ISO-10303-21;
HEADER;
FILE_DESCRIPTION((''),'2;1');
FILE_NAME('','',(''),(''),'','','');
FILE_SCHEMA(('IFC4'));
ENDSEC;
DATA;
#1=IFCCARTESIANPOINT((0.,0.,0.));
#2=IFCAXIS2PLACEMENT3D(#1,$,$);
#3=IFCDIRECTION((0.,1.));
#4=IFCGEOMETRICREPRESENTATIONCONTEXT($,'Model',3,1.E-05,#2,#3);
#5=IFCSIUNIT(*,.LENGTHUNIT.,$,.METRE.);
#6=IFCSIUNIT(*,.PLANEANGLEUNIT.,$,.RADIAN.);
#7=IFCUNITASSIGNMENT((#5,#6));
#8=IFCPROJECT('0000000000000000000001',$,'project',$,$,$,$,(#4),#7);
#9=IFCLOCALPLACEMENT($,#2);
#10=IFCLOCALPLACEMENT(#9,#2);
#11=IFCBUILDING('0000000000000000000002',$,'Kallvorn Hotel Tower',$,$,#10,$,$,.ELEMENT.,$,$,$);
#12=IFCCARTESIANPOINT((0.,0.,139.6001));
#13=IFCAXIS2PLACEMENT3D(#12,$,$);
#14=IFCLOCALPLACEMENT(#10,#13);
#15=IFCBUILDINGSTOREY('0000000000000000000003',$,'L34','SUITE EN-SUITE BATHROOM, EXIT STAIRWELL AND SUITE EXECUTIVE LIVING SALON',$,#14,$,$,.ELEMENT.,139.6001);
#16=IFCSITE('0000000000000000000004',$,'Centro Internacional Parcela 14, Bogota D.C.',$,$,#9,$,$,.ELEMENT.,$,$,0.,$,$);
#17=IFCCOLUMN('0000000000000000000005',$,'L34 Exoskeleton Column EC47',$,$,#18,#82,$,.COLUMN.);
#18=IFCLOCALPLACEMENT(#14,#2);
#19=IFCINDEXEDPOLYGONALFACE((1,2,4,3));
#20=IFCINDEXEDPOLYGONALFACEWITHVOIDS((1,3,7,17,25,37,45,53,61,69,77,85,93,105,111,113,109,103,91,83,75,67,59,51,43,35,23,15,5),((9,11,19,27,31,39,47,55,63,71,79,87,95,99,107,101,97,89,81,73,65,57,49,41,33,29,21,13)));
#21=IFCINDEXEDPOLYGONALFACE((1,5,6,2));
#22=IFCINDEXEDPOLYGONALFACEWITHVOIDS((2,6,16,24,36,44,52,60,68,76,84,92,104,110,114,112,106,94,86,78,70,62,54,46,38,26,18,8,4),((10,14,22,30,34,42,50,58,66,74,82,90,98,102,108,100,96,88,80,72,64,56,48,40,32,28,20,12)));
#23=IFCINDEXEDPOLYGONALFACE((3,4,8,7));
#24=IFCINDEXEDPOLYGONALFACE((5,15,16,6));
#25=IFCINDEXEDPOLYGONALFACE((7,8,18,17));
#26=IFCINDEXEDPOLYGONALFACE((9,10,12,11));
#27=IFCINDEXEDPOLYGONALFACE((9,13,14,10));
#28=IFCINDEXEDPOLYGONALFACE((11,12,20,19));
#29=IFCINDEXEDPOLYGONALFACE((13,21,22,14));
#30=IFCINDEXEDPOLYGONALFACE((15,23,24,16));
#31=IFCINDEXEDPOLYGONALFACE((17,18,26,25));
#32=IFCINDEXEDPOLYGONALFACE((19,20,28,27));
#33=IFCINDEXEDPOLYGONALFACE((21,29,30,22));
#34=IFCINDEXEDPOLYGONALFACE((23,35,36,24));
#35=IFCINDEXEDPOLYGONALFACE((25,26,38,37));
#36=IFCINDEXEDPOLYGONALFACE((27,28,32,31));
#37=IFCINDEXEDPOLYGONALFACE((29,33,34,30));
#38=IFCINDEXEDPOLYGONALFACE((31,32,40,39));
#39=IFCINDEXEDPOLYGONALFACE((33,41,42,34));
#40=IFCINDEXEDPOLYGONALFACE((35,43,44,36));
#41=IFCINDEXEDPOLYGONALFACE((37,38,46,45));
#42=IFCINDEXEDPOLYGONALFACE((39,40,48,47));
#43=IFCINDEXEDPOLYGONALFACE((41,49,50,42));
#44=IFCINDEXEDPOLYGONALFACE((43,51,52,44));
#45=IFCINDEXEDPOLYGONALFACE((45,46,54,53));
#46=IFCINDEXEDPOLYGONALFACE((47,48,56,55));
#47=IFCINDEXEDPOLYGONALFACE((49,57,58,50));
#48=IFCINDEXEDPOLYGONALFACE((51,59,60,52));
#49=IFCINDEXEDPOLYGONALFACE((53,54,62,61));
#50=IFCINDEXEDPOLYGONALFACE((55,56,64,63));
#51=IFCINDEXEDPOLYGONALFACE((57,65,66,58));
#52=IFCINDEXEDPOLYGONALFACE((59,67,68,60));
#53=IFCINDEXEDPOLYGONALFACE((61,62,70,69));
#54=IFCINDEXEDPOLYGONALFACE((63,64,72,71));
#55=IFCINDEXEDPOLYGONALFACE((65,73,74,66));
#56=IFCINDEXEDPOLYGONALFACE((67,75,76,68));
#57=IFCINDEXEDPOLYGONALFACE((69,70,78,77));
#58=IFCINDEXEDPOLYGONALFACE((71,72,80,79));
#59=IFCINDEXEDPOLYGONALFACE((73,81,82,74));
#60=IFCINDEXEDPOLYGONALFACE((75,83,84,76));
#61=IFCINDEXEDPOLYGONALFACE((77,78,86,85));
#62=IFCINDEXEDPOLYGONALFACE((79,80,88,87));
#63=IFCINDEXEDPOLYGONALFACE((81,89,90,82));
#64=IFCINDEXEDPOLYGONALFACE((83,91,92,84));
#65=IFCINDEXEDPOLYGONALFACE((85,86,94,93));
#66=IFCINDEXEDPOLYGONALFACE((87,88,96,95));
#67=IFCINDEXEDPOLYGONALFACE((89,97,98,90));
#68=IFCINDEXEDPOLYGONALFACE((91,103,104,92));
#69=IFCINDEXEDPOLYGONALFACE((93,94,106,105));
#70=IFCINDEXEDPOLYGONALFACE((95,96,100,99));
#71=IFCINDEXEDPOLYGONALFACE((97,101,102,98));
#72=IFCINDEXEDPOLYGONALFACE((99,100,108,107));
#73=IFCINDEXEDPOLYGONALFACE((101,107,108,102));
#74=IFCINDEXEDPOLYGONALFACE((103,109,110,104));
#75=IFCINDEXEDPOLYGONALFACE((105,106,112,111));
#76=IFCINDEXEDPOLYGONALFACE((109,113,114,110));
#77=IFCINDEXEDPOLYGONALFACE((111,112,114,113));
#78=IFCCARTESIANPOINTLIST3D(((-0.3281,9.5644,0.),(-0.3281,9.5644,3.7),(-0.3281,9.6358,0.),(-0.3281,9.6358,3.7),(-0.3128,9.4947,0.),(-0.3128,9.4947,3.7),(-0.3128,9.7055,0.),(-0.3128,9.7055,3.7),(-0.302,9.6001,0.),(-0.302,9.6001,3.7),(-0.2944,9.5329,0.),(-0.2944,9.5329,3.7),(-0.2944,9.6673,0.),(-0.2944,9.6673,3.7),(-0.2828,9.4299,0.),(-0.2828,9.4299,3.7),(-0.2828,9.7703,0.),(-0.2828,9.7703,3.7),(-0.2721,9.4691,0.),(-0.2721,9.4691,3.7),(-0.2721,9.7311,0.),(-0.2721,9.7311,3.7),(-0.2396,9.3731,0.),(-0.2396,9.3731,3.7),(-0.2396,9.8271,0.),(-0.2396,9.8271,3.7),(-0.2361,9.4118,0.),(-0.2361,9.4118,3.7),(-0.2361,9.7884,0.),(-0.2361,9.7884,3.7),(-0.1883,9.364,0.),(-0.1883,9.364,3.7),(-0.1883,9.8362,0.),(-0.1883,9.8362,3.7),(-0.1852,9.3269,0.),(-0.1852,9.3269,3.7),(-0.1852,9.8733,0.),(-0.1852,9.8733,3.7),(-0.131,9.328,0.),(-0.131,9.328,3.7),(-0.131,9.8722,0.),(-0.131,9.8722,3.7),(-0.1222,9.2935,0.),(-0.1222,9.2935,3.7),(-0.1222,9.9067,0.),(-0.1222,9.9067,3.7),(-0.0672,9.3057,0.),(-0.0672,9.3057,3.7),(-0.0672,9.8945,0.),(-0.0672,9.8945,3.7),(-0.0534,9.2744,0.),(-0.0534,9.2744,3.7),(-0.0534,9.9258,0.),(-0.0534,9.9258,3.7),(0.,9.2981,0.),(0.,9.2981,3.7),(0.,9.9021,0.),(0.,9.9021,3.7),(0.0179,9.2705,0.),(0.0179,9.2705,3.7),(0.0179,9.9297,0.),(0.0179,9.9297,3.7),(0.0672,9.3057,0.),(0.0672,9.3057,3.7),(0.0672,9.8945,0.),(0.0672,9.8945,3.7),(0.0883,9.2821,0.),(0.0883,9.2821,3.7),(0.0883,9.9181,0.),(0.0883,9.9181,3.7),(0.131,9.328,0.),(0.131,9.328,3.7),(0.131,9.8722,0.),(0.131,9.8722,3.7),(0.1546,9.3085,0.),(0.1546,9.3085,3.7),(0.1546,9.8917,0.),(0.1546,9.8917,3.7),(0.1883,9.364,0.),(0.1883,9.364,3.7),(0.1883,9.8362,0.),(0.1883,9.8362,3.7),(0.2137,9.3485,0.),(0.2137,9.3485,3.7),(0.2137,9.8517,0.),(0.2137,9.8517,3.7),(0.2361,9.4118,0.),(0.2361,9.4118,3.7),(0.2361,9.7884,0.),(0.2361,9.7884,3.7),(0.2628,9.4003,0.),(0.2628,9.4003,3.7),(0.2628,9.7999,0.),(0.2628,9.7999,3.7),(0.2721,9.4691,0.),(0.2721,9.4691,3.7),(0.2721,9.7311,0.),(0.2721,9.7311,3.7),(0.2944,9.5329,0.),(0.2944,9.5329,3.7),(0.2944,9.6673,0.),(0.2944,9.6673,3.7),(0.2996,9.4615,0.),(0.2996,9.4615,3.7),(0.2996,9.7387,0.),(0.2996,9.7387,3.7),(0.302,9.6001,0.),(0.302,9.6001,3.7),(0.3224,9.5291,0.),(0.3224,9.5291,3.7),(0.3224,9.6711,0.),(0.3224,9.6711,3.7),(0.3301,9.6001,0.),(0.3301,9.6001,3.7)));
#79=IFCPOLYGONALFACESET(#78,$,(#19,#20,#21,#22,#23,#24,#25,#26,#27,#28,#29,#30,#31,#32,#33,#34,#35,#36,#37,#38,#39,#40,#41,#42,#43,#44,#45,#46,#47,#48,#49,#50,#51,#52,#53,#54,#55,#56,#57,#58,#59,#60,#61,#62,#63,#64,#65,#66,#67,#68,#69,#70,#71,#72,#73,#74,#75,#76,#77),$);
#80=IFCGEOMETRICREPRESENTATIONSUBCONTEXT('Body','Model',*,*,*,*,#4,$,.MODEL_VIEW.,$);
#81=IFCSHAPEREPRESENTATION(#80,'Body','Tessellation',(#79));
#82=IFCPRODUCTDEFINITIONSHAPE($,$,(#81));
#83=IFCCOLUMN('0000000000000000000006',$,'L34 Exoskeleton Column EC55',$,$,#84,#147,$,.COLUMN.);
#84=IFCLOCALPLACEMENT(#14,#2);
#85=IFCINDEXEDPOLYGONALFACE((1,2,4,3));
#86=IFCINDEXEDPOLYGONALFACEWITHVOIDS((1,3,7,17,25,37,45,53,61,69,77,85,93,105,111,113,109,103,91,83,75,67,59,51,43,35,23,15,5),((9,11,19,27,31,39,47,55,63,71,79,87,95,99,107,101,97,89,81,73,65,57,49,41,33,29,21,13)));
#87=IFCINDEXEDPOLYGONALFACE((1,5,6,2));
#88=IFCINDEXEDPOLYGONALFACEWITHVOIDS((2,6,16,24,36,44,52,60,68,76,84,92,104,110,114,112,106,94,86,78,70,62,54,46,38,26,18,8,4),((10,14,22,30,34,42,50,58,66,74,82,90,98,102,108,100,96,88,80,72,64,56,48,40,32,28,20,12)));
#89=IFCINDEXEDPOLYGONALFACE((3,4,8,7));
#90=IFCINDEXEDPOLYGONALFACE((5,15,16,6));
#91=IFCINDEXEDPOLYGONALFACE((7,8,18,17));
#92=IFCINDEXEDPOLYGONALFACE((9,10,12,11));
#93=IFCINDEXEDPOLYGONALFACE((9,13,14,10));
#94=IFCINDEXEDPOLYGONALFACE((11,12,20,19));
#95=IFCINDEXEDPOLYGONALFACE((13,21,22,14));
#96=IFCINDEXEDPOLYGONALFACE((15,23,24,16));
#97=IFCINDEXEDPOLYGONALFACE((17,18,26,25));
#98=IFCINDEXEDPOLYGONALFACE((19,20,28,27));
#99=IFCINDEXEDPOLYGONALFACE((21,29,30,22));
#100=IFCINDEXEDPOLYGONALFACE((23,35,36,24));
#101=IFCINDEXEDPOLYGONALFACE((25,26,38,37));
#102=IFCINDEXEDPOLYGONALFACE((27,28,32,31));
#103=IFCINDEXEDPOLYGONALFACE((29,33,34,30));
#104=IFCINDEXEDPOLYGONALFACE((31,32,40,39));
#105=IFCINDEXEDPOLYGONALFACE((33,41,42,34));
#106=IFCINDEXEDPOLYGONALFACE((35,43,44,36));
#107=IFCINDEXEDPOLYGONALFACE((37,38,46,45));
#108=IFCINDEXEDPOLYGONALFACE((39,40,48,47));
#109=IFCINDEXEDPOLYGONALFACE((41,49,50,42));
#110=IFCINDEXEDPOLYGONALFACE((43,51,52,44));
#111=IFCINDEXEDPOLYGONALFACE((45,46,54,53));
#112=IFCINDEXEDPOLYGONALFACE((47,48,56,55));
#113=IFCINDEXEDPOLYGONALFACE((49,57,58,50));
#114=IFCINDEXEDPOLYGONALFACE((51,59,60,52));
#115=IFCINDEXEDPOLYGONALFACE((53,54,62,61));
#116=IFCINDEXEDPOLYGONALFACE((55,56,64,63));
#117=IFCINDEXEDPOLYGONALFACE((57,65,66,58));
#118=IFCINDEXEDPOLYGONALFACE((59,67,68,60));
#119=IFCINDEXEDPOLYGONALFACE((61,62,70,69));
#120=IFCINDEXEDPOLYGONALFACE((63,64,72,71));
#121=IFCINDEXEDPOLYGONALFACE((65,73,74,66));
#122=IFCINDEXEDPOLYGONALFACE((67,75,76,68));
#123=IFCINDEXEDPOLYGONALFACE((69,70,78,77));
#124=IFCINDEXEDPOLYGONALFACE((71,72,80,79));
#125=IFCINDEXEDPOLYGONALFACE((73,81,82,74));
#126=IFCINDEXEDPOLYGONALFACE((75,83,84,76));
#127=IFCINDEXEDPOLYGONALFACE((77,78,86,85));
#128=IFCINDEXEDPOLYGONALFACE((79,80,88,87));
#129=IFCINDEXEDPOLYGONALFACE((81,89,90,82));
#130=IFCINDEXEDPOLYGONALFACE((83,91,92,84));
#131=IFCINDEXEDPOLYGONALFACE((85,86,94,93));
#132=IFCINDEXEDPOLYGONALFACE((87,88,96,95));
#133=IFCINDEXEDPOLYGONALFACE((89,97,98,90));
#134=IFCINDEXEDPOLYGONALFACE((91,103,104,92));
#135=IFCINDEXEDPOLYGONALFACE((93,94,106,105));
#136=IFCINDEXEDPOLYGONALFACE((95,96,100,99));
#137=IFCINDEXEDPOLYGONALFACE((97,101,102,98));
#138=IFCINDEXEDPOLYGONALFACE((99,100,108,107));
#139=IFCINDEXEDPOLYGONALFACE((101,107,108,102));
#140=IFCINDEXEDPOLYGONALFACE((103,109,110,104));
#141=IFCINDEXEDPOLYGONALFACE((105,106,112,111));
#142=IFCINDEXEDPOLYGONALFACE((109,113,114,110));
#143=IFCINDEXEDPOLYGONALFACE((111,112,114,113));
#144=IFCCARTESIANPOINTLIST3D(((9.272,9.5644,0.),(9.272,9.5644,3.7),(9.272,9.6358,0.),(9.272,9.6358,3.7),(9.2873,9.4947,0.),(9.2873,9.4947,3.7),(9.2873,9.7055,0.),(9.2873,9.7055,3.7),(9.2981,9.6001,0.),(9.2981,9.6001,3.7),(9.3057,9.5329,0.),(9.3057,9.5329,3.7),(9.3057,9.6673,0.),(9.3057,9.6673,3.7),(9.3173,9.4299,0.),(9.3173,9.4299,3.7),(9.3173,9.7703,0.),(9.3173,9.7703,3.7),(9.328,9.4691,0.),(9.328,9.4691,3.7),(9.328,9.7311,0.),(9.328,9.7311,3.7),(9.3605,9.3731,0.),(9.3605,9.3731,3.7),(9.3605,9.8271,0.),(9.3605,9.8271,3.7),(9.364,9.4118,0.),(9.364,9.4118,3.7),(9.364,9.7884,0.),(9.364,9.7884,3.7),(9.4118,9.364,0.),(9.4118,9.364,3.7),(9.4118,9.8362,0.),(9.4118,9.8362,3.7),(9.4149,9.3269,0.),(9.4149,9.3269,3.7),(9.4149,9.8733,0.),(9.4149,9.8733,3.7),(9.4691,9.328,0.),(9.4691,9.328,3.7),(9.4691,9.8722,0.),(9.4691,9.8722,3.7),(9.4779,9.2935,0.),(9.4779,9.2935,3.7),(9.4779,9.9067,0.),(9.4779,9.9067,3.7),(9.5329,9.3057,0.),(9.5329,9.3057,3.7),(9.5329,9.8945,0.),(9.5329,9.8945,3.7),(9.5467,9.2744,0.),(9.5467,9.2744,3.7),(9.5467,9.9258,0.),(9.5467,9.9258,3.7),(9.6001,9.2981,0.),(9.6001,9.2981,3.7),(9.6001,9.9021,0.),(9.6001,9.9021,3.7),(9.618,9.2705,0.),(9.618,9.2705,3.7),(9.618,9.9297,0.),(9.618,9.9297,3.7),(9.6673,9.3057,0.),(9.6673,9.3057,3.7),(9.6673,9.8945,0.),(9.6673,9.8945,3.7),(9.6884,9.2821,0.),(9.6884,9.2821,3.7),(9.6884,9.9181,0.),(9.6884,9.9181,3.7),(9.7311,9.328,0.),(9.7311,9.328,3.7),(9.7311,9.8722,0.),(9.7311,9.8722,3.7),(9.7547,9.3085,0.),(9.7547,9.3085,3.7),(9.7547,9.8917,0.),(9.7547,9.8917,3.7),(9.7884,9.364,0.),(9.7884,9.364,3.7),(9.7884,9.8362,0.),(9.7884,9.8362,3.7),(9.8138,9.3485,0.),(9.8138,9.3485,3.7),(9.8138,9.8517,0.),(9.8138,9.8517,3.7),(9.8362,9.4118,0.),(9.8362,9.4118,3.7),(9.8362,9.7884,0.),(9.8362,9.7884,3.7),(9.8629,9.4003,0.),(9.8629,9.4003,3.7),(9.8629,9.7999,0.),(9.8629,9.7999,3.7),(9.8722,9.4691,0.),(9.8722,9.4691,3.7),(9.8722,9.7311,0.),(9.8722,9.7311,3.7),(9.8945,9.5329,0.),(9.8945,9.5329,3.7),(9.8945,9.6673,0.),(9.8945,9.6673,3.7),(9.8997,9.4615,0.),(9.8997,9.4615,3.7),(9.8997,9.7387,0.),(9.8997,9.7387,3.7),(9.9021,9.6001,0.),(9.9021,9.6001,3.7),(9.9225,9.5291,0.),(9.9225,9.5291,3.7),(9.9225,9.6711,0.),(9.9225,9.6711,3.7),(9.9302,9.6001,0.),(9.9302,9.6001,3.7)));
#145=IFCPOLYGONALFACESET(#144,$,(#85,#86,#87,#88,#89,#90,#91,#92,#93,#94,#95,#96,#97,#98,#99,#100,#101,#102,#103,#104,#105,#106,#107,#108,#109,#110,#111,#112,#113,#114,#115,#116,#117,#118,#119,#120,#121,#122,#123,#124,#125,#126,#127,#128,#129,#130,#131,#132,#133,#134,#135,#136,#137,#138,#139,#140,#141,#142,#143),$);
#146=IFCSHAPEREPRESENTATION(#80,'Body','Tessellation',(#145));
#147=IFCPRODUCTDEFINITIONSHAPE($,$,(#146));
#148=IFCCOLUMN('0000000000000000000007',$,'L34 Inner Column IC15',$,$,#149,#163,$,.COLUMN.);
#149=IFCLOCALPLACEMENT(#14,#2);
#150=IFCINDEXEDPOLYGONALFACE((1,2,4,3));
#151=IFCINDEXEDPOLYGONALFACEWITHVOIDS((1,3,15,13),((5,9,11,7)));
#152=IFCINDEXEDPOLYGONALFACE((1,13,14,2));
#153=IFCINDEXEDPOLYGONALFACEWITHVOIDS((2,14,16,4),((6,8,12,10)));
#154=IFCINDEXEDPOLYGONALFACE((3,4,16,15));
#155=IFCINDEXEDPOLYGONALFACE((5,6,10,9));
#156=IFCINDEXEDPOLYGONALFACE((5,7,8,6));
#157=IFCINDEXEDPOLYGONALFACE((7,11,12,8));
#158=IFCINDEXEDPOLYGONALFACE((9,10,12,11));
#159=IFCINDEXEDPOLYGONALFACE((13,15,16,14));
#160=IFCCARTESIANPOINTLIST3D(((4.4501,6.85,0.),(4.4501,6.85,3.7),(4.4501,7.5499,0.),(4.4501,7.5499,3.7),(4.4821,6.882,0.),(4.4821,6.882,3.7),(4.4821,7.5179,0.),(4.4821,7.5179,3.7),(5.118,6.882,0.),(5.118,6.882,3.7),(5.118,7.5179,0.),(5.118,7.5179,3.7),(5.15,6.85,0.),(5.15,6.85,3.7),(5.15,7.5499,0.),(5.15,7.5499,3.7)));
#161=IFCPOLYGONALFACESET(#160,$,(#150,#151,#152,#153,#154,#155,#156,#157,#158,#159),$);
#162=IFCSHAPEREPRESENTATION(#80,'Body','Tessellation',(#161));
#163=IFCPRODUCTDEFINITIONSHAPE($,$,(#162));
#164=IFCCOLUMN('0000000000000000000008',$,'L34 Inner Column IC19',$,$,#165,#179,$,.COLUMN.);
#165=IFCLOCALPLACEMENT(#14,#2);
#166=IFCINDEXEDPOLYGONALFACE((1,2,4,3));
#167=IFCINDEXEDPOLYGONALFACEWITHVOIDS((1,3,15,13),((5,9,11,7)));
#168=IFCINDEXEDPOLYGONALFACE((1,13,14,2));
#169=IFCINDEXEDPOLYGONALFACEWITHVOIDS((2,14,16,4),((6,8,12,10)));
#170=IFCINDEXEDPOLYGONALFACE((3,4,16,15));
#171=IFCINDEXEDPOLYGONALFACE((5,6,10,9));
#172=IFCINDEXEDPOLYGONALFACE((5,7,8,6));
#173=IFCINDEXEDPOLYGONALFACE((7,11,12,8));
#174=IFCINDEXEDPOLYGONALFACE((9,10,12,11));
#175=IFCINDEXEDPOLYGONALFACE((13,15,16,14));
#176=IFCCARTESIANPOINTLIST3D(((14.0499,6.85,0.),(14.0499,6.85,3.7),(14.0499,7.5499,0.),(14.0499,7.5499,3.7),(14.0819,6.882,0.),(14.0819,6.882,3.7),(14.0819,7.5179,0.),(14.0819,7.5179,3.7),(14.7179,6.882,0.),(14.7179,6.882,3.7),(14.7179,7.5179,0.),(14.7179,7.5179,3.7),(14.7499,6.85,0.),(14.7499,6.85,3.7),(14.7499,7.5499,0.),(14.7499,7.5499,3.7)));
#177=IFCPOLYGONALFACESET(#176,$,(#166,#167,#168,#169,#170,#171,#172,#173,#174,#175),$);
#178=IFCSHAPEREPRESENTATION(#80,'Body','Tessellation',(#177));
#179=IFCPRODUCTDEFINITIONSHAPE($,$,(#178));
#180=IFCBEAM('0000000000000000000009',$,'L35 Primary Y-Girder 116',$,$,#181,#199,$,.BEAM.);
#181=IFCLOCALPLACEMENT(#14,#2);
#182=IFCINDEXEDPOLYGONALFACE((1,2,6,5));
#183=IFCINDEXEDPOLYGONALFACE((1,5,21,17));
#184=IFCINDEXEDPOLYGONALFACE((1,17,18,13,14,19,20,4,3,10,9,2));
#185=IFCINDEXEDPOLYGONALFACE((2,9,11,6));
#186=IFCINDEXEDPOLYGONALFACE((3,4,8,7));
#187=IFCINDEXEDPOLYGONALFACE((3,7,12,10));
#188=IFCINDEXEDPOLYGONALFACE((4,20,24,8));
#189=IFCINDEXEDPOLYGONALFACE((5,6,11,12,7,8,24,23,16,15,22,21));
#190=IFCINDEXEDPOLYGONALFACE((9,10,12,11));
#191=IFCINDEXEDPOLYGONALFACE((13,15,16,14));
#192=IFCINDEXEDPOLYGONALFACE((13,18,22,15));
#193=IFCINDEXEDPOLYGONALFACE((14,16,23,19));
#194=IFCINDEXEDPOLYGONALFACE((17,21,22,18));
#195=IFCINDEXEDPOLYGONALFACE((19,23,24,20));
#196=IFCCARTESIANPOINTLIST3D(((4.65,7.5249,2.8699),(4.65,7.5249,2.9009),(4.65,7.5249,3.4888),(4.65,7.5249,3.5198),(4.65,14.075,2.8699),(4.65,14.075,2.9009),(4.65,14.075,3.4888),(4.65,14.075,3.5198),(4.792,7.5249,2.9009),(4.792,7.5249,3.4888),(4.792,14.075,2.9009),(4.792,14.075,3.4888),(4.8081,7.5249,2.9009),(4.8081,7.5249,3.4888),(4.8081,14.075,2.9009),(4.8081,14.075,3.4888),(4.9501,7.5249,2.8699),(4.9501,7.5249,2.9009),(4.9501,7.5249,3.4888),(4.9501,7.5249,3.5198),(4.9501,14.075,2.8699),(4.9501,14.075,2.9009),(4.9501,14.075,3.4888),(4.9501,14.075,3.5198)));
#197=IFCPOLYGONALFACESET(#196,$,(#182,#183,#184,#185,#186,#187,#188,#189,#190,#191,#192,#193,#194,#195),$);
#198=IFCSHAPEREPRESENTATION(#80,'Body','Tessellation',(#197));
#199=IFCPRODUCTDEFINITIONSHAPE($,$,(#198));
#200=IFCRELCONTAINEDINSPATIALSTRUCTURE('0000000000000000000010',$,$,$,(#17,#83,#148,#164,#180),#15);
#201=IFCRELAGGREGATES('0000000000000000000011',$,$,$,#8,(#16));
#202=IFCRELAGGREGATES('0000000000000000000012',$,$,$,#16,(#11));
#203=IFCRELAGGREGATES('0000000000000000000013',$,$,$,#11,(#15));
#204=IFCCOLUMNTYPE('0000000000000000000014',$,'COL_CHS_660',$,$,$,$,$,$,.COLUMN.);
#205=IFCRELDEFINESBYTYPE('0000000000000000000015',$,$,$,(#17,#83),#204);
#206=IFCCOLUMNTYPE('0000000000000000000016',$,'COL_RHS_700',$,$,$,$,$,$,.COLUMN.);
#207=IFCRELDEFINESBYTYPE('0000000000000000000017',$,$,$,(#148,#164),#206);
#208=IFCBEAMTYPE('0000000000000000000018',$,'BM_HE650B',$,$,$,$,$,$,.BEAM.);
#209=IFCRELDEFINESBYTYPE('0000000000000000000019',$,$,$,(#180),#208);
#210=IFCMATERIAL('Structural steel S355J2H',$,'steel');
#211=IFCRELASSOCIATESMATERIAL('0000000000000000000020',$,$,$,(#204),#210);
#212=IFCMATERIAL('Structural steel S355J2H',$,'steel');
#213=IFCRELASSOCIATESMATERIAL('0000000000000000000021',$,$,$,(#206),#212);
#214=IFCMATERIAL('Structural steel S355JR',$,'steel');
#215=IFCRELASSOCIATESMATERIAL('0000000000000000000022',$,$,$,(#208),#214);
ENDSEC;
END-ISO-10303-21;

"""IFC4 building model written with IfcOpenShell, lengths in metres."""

from ifc_helpers import new_model, si_unit, direction, frame, origin, origin_2d, place, context, subcontext, project, spatial, hollow_rectangle, hollow_circle, i_section, extrude, material, material_profile, profile_set, type_object, element, save


model = new_model("IFC4")

# Units and contexts
model_context = context("Model", 3, precision=1e-05, world=origin(), true_north=direction((0.0, 1.0)))
body_context = subcontext(model_context, "Body", "Model", "MODEL_VIEW")
ifc_project = project(units=[si_unit("LENGTHUNIT", "METRE"), si_unit("PLANEANGLEUNIT", "RADIAN")], contexts=[model_context])

# Site, building, storey
site_placement = place(None, origin())
site = spatial("IfcSite", under=ifc_project, at=site_placement, Name="Centro Internacional Parcela 14, Bogota D.C.", CompositionType="ELEMENT", RefElevation=0.0)
building_placement = place(site_placement, origin())
building = spatial("IfcBuilding", under=site, at=building_placement, Name="Kallvorn Hotel Tower", CompositionType="ELEMENT")
storey_placement = place(building_placement, frame((0.0, 0.0, 139.6001)))
storey = spatial("IfcBuildingStorey", under=building, at=storey_placement, Name="L34", Description="SUITE EN-SUITE BATHROOM, EXIT STAIRWELL AND SUITE EXECUTIVE LIVING SALON", CompositionType="ELEMENT", Elevation=139.6001)

# Columns
ifc_material_1 = material(Name="Structural steel S355J2H", Category="steel")
ifc_material_profile_1 = material_profile(ifc_material_1, hollow_circle(Radius=0.3301, WallThickness=0.0281, at=origin_2d()), Name="CHS 660x28")
ifc_profile_set_1 = profile_set([ifc_material_profile_1], Name="Structural steel S355J2H")
column_type_1 = type_object("IfcColumnType", Name="COL_CHS_660", PredefinedType="COLUMN", material=ifc_profile_set_1)
for number, where, z_axis, x_axis, name in (
    (1, (0.0, 9.6001, 0.0), (0.0, 0.0, 1.0), (1.0, 0.0, 0.0), "L34 Exoskeleton Column EC47"),
    (2, (9.6001, 9.6001, 0.0), (0.0, 0.0, 1.0), (1.0, 0.0, 0.0), "L34 Exoskeleton Column EC55"),
):
    element("IfcColumn", number, at=place(storey_placement, frame(where, z_axis=z_axis, x_axis=x_axis)), inside=storey, type_object=column_type_1, Name=name, PredefinedType="COLUMN", context=body_context, shape_type="SweptSolid", body=[
        extrude(hollow_circle(Radius=0.3301, WallThickness=0.0281, at=origin_2d()), origin(), (0.0, 0.0, 1.0), 3.7),
    ])
ifc_material_2 = material(Name="Structural steel S355J2H", Category="steel")
ifc_material_profile_2 = material_profile(ifc_material_2, hollow_rectangle(XDim=0.7, YDim=0.7, WallThickness=0.032, at=origin_2d()), Name="RHS 700x700x32")
ifc_profile_set_2 = profile_set([ifc_material_profile_2], Name="Structural steel S355J2H")
column_type_2 = type_object("IfcColumnType", Name="COL_RHS_700", PredefinedType="COLUMN", material=ifc_profile_set_2)
for number, where, z_axis, x_axis, name in (
    (3, (4.8, 7.2, 0.0), (0.0, 0.0, 1.0), (1.0, 0.0, 0.0), "L34 Inner Column IC15"),
    (4, (14.3999, 7.2, 0.0), (0.0, 0.0, 1.0), (1.0, 0.0, 0.0), "L34 Inner Column IC19"),
):
    element("IfcColumn", number, at=place(storey_placement, frame(where, z_axis=z_axis, x_axis=x_axis)), inside=storey, type_object=column_type_2, Name=name, PredefinedType="COLUMN", context=body_context, shape_type="SweptSolid", body=[
        extrude(hollow_rectangle(XDim=0.7, YDim=0.7, WallThickness=0.032, at=origin_2d()), origin(), (0.0, 0.0, 1.0), 3.7),
    ])

# Beam
ifc_material_3 = material(Name="Structural steel S355JR", Category="steel")
ifc_material_profile_3 = material_profile(ifc_material_3, i_section(OverallWidth=0.3, OverallDepth=0.6499, WebThickness=0.0161, FlangeThickness=0.031, at=origin_2d()), Name="HE 650 B")
ifc_profile_set_3 = profile_set([ifc_material_profile_3], Name="Structural steel S355JR")
beam_type_1 = type_object("IfcBeamType", Name="BM_HE650B", PredefinedType="BEAM", material=ifc_profile_set_3)
for number, where, z_axis, x_axis, name in (
    (5, (4.8, 7.5249, 3.1948), (0.0, 1.0, 0.0), (-1.0, 0.0, 0.0), "L35 Primary Y-Girder 116"),
):
    element("IfcBeam", number, at=place(storey_placement, frame(where, z_axis=z_axis, x_axis=x_axis)), inside=storey, type_object=beam_type_1, Name=name, PredefinedType="BEAM", context=body_context, shape_type="SweptSolid", body=[
        extrude(i_section(OverallWidth=0.3, OverallDepth=0.6499, WebThickness=0.0161, FlangeThickness=0.031, at=origin_2d()), origin(), (0.0, 0.0, 1.0), 6.55),
    ])

save(model, "model.ifc")
